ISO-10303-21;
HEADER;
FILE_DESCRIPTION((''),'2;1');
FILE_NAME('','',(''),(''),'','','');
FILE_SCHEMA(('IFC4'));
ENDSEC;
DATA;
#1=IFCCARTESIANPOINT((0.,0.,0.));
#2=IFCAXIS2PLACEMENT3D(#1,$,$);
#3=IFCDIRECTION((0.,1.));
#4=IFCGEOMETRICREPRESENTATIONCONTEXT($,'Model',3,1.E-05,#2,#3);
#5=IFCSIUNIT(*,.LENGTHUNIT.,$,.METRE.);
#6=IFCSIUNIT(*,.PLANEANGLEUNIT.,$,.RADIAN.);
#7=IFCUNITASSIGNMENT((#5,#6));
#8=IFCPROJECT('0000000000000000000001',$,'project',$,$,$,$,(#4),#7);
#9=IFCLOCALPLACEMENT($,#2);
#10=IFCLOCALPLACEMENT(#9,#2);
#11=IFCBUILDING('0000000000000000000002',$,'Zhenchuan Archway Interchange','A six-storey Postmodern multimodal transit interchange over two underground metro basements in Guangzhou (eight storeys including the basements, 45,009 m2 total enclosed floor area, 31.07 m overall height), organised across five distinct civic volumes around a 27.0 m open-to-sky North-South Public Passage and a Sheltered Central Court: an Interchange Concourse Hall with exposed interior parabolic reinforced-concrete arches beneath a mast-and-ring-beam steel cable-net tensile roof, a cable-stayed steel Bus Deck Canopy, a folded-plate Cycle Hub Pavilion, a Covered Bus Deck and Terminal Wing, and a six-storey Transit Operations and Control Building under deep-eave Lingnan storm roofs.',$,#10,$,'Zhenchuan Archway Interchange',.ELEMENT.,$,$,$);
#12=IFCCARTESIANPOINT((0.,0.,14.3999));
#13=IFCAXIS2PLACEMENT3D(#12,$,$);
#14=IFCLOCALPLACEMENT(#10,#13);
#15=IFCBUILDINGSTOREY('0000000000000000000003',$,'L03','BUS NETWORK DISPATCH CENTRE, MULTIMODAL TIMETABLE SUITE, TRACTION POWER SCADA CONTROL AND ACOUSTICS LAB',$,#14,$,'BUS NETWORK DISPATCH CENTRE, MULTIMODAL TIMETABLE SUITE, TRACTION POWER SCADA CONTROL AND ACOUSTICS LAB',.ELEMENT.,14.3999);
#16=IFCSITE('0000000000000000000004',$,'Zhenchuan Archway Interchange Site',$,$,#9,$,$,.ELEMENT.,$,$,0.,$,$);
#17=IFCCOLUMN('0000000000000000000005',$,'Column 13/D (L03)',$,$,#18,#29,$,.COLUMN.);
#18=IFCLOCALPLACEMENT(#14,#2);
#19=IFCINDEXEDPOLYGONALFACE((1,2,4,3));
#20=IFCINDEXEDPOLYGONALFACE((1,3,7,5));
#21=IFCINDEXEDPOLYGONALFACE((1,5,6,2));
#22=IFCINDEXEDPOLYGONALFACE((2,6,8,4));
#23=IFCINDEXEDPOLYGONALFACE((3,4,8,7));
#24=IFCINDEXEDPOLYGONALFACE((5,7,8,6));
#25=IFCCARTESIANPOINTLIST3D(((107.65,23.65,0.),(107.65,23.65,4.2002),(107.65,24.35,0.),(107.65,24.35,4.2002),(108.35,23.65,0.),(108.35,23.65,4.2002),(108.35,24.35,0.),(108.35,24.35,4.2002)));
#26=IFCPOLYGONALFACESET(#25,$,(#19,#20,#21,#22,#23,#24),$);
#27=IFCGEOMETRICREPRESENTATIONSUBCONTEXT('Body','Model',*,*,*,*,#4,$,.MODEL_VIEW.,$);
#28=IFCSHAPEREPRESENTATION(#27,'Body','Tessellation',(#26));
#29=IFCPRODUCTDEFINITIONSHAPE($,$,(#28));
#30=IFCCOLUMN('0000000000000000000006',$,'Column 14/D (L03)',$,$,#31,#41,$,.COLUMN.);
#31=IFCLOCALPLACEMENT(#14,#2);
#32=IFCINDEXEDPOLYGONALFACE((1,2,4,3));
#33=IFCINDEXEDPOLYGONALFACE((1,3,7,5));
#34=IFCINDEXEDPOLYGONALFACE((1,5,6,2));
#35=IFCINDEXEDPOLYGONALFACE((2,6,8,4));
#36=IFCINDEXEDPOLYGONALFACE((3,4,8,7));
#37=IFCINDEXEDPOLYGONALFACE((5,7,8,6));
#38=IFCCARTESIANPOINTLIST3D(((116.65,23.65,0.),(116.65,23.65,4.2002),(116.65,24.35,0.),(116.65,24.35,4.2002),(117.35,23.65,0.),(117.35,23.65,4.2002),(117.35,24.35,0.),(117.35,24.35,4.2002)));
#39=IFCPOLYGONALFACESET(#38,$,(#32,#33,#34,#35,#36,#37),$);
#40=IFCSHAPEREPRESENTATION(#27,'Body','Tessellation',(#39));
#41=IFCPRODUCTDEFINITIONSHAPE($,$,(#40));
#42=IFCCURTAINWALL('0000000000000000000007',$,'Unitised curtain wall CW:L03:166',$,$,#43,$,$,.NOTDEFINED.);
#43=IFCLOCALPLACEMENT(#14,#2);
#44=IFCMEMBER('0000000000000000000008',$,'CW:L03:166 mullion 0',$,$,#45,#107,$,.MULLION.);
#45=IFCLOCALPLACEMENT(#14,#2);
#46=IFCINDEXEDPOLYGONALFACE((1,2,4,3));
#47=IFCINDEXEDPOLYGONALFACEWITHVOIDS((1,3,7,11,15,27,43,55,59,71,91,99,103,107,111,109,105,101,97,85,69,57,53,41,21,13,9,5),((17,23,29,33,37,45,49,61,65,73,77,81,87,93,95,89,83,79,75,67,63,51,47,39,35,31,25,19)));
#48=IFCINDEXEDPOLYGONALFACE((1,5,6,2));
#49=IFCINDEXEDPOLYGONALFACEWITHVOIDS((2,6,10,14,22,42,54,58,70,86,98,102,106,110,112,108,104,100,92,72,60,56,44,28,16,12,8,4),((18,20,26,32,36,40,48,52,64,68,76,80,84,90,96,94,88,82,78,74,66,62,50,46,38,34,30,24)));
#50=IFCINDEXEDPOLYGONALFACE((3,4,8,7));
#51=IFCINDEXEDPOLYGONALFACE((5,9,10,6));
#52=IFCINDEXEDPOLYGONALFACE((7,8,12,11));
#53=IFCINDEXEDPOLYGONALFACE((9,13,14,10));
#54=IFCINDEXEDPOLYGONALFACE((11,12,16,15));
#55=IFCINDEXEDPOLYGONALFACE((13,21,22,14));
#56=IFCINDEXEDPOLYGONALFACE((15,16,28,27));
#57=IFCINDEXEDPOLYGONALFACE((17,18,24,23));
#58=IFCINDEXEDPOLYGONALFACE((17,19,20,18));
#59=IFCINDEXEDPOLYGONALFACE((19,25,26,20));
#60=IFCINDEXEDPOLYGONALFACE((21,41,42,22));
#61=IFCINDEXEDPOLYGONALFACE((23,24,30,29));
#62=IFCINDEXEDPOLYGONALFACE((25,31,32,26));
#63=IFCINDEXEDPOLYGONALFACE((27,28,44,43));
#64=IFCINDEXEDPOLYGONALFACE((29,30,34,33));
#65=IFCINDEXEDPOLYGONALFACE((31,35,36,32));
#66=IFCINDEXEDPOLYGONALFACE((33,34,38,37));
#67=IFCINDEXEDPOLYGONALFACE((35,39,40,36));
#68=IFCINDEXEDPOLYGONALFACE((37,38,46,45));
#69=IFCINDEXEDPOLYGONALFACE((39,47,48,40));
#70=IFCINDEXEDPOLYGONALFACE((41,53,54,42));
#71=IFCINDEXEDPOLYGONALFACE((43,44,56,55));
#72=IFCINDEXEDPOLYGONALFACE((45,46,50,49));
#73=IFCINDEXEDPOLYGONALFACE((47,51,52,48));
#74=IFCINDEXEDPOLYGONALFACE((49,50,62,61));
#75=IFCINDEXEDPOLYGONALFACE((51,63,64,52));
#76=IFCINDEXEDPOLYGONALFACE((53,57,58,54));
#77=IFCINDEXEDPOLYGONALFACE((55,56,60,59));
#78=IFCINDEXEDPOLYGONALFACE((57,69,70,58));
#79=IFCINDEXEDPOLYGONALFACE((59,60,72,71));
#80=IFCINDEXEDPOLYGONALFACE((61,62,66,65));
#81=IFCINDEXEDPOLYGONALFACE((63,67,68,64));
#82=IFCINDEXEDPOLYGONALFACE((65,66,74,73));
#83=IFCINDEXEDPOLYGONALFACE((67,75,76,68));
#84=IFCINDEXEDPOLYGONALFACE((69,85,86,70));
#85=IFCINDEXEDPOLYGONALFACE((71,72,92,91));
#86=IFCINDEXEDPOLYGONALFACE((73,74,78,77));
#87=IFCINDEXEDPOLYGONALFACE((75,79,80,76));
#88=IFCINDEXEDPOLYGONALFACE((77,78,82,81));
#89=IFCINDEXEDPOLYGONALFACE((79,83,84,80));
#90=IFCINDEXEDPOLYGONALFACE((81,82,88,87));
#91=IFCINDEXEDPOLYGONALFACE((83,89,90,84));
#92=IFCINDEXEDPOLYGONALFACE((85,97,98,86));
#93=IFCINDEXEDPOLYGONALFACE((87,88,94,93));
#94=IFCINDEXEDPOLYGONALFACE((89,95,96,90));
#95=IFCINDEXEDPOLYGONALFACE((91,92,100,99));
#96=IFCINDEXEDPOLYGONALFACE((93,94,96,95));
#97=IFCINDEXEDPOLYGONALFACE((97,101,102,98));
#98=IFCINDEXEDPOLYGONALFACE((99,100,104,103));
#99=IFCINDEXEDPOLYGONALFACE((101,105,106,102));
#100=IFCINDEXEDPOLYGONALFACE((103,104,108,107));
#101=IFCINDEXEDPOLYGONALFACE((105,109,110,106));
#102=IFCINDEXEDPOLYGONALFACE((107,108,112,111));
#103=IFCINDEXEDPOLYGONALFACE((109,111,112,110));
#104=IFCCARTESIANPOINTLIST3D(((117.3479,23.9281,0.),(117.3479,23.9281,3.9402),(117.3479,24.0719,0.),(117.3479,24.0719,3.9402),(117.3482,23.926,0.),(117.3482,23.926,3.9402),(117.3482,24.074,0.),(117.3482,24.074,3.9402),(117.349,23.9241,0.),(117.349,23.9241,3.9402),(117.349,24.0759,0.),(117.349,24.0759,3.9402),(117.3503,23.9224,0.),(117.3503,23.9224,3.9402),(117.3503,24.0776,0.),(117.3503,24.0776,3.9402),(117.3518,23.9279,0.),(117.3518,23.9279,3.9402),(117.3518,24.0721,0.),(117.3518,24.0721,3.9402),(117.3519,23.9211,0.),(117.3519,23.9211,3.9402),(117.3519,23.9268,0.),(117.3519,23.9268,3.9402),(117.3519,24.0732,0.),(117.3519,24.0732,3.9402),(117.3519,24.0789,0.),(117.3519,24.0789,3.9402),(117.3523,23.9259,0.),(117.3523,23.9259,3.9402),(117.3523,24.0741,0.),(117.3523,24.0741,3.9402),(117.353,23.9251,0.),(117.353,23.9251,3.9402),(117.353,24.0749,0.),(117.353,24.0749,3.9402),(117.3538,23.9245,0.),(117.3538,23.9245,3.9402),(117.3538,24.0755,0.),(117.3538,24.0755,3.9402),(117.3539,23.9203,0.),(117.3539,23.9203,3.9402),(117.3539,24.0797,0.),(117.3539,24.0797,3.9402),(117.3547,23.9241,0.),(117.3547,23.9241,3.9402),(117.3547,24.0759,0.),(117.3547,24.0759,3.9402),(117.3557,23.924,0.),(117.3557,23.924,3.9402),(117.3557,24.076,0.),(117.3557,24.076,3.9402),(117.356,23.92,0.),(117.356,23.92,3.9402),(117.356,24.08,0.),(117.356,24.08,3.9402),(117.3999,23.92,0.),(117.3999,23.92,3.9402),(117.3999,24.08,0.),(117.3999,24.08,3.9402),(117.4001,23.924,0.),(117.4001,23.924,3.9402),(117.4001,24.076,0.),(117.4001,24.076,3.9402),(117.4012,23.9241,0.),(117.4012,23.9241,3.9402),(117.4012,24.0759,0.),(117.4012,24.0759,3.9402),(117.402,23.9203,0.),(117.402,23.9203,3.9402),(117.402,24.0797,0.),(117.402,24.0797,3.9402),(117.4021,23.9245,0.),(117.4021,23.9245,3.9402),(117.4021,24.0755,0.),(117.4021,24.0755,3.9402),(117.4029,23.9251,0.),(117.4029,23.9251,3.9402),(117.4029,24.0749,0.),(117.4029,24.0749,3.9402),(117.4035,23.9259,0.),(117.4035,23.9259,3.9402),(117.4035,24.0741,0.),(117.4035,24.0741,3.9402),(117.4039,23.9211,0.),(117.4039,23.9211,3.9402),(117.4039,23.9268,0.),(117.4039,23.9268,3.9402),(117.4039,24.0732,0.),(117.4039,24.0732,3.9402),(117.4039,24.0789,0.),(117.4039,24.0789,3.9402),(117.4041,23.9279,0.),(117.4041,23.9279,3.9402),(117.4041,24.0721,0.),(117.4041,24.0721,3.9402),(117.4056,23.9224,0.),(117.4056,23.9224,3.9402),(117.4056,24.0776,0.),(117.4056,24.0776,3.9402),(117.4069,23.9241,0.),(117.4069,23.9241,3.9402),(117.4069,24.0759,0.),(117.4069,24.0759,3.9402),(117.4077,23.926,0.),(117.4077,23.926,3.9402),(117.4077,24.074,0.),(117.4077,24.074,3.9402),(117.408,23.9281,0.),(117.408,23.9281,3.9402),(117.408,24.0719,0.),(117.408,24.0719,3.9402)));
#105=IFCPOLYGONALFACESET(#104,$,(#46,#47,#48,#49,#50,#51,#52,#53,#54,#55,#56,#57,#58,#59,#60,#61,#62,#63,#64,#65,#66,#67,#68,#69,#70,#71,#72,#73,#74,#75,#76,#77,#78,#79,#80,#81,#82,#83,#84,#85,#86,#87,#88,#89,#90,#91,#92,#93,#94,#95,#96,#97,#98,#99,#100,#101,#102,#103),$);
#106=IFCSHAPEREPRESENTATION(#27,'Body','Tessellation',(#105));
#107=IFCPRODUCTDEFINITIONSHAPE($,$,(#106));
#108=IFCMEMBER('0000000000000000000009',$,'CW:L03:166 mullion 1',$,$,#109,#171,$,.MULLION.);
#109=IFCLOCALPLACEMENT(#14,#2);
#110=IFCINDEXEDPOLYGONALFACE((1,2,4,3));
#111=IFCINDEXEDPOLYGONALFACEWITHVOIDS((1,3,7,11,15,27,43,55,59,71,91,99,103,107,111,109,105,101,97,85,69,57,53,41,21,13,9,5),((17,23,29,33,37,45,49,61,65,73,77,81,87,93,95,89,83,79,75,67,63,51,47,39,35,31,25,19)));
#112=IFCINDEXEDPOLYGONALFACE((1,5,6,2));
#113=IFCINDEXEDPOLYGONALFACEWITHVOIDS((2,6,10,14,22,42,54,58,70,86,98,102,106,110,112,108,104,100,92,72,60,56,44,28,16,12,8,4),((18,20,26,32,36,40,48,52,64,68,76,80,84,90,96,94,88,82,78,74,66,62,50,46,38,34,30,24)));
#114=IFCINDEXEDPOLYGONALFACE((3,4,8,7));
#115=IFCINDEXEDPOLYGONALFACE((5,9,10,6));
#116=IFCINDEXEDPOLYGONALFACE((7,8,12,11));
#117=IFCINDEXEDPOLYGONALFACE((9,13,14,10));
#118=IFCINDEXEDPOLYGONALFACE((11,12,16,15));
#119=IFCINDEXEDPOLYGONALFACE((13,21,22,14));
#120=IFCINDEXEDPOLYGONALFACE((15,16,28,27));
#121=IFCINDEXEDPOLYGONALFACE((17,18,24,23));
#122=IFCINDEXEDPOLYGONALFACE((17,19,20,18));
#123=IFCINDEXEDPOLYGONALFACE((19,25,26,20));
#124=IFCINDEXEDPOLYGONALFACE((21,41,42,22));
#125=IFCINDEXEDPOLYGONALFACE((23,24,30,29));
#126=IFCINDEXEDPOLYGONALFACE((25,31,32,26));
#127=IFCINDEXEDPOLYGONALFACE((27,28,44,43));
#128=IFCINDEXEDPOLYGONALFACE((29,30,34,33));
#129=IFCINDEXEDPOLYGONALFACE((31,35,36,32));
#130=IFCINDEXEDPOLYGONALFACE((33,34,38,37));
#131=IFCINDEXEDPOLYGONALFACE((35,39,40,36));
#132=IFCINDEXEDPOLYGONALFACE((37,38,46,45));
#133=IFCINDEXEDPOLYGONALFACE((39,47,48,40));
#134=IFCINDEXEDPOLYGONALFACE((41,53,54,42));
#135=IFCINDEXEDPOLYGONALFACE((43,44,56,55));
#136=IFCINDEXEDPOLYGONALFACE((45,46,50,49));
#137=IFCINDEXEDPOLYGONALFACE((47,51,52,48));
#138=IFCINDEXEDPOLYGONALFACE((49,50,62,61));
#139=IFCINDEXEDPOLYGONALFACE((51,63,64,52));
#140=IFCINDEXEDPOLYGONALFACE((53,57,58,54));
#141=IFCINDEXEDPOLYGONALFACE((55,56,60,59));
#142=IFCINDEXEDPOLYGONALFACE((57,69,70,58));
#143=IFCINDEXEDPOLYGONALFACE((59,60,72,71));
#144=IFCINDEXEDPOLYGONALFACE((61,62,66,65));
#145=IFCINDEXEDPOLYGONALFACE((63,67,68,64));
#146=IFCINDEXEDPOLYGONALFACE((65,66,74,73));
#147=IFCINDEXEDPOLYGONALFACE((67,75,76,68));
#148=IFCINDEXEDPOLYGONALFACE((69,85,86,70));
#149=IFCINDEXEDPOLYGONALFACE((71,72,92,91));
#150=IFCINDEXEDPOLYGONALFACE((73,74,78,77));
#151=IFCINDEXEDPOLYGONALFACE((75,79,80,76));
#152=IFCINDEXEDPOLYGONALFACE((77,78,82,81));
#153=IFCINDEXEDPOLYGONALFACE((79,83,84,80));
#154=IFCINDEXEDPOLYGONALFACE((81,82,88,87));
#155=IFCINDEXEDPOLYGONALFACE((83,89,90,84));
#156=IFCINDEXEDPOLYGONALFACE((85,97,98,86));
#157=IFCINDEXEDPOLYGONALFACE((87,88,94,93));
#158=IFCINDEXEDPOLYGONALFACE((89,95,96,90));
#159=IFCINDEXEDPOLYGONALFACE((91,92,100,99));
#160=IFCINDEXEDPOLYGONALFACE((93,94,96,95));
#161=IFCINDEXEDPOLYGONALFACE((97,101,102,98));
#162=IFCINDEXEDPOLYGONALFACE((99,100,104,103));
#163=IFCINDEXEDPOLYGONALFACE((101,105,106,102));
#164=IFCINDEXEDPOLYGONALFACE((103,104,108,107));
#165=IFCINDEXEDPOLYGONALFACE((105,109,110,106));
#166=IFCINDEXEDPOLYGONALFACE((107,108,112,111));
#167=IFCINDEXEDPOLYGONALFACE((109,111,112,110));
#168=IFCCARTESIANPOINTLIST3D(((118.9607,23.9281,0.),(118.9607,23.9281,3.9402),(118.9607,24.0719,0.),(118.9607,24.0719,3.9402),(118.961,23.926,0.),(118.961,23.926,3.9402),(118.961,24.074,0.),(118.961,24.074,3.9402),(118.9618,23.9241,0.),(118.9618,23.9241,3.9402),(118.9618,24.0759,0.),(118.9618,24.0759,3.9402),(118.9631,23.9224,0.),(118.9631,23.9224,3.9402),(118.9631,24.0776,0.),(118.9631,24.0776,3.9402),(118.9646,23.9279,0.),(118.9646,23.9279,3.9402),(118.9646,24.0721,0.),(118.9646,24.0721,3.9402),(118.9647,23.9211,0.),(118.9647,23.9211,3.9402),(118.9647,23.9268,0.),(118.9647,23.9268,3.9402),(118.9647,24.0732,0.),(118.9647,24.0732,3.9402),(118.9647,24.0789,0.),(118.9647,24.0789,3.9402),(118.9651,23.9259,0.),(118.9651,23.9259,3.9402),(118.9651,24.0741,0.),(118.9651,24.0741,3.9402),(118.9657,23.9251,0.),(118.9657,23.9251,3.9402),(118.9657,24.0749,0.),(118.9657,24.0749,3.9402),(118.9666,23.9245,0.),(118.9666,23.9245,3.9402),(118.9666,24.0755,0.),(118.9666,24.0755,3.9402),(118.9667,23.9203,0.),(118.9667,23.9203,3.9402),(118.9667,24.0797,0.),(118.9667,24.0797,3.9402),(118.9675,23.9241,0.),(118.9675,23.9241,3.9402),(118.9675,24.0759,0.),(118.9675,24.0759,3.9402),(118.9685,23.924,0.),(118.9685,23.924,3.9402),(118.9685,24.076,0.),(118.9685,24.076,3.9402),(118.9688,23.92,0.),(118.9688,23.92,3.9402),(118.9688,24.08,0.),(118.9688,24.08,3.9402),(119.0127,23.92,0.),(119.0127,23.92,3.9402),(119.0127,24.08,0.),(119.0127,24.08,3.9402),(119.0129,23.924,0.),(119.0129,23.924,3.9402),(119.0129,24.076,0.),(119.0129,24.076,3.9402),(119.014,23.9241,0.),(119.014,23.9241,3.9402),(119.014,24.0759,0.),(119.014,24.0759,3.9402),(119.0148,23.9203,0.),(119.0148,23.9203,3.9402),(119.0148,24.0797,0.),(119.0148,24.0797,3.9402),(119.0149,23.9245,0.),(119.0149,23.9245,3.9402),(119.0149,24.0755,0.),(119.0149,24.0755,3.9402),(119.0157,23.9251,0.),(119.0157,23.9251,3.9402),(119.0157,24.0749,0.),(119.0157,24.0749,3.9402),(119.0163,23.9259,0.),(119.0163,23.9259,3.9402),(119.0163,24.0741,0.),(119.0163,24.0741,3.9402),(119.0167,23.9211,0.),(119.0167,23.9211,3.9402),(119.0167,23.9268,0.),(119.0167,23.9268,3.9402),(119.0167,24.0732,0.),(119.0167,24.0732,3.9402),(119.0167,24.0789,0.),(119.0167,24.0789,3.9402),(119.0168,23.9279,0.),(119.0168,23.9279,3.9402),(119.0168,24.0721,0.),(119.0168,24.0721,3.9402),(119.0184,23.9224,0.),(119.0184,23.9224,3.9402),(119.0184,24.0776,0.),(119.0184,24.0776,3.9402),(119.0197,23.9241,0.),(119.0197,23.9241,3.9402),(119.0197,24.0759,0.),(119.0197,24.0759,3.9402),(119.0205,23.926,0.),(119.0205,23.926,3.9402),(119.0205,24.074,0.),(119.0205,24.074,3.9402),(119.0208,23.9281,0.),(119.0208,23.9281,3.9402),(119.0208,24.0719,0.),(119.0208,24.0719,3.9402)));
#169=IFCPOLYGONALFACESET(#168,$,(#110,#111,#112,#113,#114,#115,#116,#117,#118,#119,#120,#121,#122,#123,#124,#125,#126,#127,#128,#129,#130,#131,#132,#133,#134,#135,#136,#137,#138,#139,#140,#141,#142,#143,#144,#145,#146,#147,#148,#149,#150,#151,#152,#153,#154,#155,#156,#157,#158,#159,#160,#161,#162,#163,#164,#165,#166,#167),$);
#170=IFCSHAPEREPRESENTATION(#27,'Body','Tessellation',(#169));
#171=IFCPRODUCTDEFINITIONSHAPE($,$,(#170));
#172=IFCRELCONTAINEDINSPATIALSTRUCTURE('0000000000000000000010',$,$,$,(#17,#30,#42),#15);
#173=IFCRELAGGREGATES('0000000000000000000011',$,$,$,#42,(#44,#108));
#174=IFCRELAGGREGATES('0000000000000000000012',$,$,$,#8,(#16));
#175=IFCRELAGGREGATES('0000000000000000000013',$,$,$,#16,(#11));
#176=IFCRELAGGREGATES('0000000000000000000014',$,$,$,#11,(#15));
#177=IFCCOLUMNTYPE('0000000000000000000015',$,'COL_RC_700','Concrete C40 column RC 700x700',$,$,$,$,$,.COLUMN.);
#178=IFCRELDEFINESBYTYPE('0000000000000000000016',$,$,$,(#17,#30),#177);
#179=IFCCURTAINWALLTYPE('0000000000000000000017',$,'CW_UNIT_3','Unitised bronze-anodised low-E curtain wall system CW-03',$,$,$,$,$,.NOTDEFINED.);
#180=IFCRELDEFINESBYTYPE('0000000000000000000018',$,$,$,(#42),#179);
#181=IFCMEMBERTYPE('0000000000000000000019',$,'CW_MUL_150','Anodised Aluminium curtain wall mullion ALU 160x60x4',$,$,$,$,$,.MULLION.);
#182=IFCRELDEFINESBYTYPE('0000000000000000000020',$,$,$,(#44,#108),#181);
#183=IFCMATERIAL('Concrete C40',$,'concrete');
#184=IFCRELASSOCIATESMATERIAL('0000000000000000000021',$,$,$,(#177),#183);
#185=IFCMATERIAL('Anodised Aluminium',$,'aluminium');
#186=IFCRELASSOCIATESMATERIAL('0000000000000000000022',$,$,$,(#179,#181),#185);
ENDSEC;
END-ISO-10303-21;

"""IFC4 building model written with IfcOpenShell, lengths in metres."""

from ifc_helpers import new_model, si_unit, direction, frame, origin, origin_2d, place, context, subcontext, project, spatial, rectangle, hollow_rectangle, extrude, material, material_profile, profile_set, type_object, element, aggregate, save


model = new_model("IFC4")

# Units and contexts
model_context = context("Model", 3, precision=1e-05, world=origin(), true_north=direction((0.0, 1.0)))
body_context = subcontext(model_context, "Body", "Model", "MODEL_VIEW")
ifc_project = project(units=[si_unit("LENGTHUNIT", "METRE"), si_unit("PLANEANGLEUNIT", "RADIAN")], contexts=[model_context])

# Site, building, storey
site_placement = place(None, origin())
site = spatial("IfcSite", under=ifc_project, at=site_placement, Name="Zhenchuan Archway Interchange Site", CompositionType="ELEMENT", RefElevation=0.0)
building_placement = place(site_placement, origin())
building = spatial("IfcBuilding", under=site, at=building_placement, Name="Zhenchuan Archway Interchange", Description="A six-storey Postmodern multimodal transit interchange over two underground metro basements in Guangzhou (eight storeys including the basements, 45,009 m2 total enclosed floor area, 31.07 m overall height), organised across five distinct civic volumes around a 27.0 m open-to-sky North-South Public Passage and a Sheltered Central Court: an Interchange Concourse Hall with exposed interior parabolic reinforced-concrete arches beneath a mast-and-ring-beam steel cable-net tensile roof, a cable-stayed steel Bus Deck Canopy, a folded-plate Cycle Hub Pavilion, a Covered Bus Deck and Terminal Wing, and a six-storey Transit Operations and Control Building under deep-eave Lingnan storm roofs.", LongName="Zhenchuan Archway Interchange", CompositionType="ELEMENT")
storey_placement = place(building_placement, frame((0.0, 0.0, 14.3999)))
storey = spatial("IfcBuildingStorey", under=building, at=storey_placement, Name="L03", Description="BUS NETWORK DISPATCH CENTRE, MULTIMODAL TIMETABLE SUITE, TRACTION POWER SCADA CONTROL AND ACOUSTICS LAB", LongName="BUS NETWORK DISPATCH CENTRE, MULTIMODAL TIMETABLE SUITE, TRACTION POWER SCADA CONTROL AND ACOUSTICS LAB", CompositionType="ELEMENT", Elevation=14.3999)

# Columns
ifc_material_1 = material(Name="Concrete C40", Category="concrete")
ifc_material_profile_1 = material_profile(ifc_material_1, rectangle(XDim=0.7, YDim=0.7, at=origin_2d()), Name="RC 700x700")
ifc_profile_set_1 = profile_set([ifc_material_profile_1], Name="Concrete C40")
column_type = type_object("IfcColumnType", Name="COL_RC_700", Description="Concrete C40 column RC 700x700", PredefinedType="COLUMN", material=ifc_profile_set_1)
for number, where, z_axis, x_axis, name in (
    (1, (108.0, 24.0, 0.0), (0.0, 0.0, 1.0), (1.0, 0.0, 0.0), "Column 13/D (L03)"),
    (2, (117.0, 24.0, 0.0), (0.0, 0.0, 1.0), (1.0, 0.0, 0.0), "Column 14/D (L03)"),
):
    element("IfcColumn", number, at=place(storey_placement, frame(where, z_axis=z_axis, x_axis=x_axis)), inside=storey, type_object=column_type, Name=name, PredefinedType="COLUMN", context=body_context, shape_type="SweptSolid", body=[
        extrude(rectangle(XDim=0.7, YDim=0.7, at=origin_2d()), origin(), (0.0, 0.0, 1.0), 4.2002),
    ])

# Curtain wall, members
ifc_material_2 = material(Name="Anodised Aluminium", Category="aluminium")
curtain_wall_type_1 = type_object("IfcCurtainWallType", Name="CW_UNIT_3", Description="Unitised bronze-anodised low-E curtain wall system CW-03", PredefinedType="NOTDEFINED", material=ifc_material_2)
curtain_wall_1_placement = place(storey_placement, origin())
curtain_wall_1 = element("IfcCurtainWall", 3, at=curtain_wall_1_placement, inside=storey, type_object=curtain_wall_type_1, Name="Unitised curtain wall CW:L03:166", PredefinedType="NOTDEFINED")
ifc_material_profile_2 = material_profile(ifc_material_2, hollow_rectangle(XDim=0.0601, YDim=0.1599, WallThickness=0.0039, InnerFilletRadius=0.0039, OuterFilletRadius=0.0081, at=origin_2d()), Name="ALU 160x60x4")
ifc_profile_set_2 = profile_set([ifc_material_profile_2], Name="Anodised Aluminium")
member_type_1 = type_object("IfcMemberType", Name="CW_MUL_150", Description="Anodised Aluminium curtain wall mullion ALU 160x60x4", PredefinedType="MULLION", material=ifc_profile_set_2)
member_1_placement = place(storey_placement, frame((117.3779, 24.0, 0.0), z_axis=(0.0, 0.0, 1.0), x_axis=(1.0, 0.0, 0.0)))
member_1 = element("IfcMember", 4, at=member_1_placement, type_object=member_type_1, Name="CW:L03:166 mullion 0", PredefinedType="MULLION", context=body_context, shape_type="SweptSolid", body=[
    extrude(hollow_rectangle(XDim=0.0601, YDim=0.1599, WallThickness=0.0039, InnerFilletRadius=0.0039, OuterFilletRadius=0.0081, at=origin_2d()), origin(), (0.0, 0.0, 1.0), 3.9402),
])
member_2_placement = place(storey_placement, frame((118.9907, 24.0, 0.0), z_axis=(0.0, 0.0, 1.0), x_axis=(1.0, 0.0, 0.0)))
member_2 = element("IfcMember", 5, at=member_2_placement, type_object=member_type_1, Name="CW:L03:166 mullion 1", PredefinedType="MULLION", context=body_context, shape_type="SweptSolid", body=[
    extrude(hollow_rectangle(XDim=0.0601, YDim=0.1599, WallThickness=0.0039, InnerFilletRadius=0.0039, OuterFilletRadius=0.0081, at=origin_2d()), origin(), (0.0, 0.0, 1.0), 3.9402),
])

aggregate(curtain_wall_1, [member_1, member_2])

save(model, "model.ifc")
